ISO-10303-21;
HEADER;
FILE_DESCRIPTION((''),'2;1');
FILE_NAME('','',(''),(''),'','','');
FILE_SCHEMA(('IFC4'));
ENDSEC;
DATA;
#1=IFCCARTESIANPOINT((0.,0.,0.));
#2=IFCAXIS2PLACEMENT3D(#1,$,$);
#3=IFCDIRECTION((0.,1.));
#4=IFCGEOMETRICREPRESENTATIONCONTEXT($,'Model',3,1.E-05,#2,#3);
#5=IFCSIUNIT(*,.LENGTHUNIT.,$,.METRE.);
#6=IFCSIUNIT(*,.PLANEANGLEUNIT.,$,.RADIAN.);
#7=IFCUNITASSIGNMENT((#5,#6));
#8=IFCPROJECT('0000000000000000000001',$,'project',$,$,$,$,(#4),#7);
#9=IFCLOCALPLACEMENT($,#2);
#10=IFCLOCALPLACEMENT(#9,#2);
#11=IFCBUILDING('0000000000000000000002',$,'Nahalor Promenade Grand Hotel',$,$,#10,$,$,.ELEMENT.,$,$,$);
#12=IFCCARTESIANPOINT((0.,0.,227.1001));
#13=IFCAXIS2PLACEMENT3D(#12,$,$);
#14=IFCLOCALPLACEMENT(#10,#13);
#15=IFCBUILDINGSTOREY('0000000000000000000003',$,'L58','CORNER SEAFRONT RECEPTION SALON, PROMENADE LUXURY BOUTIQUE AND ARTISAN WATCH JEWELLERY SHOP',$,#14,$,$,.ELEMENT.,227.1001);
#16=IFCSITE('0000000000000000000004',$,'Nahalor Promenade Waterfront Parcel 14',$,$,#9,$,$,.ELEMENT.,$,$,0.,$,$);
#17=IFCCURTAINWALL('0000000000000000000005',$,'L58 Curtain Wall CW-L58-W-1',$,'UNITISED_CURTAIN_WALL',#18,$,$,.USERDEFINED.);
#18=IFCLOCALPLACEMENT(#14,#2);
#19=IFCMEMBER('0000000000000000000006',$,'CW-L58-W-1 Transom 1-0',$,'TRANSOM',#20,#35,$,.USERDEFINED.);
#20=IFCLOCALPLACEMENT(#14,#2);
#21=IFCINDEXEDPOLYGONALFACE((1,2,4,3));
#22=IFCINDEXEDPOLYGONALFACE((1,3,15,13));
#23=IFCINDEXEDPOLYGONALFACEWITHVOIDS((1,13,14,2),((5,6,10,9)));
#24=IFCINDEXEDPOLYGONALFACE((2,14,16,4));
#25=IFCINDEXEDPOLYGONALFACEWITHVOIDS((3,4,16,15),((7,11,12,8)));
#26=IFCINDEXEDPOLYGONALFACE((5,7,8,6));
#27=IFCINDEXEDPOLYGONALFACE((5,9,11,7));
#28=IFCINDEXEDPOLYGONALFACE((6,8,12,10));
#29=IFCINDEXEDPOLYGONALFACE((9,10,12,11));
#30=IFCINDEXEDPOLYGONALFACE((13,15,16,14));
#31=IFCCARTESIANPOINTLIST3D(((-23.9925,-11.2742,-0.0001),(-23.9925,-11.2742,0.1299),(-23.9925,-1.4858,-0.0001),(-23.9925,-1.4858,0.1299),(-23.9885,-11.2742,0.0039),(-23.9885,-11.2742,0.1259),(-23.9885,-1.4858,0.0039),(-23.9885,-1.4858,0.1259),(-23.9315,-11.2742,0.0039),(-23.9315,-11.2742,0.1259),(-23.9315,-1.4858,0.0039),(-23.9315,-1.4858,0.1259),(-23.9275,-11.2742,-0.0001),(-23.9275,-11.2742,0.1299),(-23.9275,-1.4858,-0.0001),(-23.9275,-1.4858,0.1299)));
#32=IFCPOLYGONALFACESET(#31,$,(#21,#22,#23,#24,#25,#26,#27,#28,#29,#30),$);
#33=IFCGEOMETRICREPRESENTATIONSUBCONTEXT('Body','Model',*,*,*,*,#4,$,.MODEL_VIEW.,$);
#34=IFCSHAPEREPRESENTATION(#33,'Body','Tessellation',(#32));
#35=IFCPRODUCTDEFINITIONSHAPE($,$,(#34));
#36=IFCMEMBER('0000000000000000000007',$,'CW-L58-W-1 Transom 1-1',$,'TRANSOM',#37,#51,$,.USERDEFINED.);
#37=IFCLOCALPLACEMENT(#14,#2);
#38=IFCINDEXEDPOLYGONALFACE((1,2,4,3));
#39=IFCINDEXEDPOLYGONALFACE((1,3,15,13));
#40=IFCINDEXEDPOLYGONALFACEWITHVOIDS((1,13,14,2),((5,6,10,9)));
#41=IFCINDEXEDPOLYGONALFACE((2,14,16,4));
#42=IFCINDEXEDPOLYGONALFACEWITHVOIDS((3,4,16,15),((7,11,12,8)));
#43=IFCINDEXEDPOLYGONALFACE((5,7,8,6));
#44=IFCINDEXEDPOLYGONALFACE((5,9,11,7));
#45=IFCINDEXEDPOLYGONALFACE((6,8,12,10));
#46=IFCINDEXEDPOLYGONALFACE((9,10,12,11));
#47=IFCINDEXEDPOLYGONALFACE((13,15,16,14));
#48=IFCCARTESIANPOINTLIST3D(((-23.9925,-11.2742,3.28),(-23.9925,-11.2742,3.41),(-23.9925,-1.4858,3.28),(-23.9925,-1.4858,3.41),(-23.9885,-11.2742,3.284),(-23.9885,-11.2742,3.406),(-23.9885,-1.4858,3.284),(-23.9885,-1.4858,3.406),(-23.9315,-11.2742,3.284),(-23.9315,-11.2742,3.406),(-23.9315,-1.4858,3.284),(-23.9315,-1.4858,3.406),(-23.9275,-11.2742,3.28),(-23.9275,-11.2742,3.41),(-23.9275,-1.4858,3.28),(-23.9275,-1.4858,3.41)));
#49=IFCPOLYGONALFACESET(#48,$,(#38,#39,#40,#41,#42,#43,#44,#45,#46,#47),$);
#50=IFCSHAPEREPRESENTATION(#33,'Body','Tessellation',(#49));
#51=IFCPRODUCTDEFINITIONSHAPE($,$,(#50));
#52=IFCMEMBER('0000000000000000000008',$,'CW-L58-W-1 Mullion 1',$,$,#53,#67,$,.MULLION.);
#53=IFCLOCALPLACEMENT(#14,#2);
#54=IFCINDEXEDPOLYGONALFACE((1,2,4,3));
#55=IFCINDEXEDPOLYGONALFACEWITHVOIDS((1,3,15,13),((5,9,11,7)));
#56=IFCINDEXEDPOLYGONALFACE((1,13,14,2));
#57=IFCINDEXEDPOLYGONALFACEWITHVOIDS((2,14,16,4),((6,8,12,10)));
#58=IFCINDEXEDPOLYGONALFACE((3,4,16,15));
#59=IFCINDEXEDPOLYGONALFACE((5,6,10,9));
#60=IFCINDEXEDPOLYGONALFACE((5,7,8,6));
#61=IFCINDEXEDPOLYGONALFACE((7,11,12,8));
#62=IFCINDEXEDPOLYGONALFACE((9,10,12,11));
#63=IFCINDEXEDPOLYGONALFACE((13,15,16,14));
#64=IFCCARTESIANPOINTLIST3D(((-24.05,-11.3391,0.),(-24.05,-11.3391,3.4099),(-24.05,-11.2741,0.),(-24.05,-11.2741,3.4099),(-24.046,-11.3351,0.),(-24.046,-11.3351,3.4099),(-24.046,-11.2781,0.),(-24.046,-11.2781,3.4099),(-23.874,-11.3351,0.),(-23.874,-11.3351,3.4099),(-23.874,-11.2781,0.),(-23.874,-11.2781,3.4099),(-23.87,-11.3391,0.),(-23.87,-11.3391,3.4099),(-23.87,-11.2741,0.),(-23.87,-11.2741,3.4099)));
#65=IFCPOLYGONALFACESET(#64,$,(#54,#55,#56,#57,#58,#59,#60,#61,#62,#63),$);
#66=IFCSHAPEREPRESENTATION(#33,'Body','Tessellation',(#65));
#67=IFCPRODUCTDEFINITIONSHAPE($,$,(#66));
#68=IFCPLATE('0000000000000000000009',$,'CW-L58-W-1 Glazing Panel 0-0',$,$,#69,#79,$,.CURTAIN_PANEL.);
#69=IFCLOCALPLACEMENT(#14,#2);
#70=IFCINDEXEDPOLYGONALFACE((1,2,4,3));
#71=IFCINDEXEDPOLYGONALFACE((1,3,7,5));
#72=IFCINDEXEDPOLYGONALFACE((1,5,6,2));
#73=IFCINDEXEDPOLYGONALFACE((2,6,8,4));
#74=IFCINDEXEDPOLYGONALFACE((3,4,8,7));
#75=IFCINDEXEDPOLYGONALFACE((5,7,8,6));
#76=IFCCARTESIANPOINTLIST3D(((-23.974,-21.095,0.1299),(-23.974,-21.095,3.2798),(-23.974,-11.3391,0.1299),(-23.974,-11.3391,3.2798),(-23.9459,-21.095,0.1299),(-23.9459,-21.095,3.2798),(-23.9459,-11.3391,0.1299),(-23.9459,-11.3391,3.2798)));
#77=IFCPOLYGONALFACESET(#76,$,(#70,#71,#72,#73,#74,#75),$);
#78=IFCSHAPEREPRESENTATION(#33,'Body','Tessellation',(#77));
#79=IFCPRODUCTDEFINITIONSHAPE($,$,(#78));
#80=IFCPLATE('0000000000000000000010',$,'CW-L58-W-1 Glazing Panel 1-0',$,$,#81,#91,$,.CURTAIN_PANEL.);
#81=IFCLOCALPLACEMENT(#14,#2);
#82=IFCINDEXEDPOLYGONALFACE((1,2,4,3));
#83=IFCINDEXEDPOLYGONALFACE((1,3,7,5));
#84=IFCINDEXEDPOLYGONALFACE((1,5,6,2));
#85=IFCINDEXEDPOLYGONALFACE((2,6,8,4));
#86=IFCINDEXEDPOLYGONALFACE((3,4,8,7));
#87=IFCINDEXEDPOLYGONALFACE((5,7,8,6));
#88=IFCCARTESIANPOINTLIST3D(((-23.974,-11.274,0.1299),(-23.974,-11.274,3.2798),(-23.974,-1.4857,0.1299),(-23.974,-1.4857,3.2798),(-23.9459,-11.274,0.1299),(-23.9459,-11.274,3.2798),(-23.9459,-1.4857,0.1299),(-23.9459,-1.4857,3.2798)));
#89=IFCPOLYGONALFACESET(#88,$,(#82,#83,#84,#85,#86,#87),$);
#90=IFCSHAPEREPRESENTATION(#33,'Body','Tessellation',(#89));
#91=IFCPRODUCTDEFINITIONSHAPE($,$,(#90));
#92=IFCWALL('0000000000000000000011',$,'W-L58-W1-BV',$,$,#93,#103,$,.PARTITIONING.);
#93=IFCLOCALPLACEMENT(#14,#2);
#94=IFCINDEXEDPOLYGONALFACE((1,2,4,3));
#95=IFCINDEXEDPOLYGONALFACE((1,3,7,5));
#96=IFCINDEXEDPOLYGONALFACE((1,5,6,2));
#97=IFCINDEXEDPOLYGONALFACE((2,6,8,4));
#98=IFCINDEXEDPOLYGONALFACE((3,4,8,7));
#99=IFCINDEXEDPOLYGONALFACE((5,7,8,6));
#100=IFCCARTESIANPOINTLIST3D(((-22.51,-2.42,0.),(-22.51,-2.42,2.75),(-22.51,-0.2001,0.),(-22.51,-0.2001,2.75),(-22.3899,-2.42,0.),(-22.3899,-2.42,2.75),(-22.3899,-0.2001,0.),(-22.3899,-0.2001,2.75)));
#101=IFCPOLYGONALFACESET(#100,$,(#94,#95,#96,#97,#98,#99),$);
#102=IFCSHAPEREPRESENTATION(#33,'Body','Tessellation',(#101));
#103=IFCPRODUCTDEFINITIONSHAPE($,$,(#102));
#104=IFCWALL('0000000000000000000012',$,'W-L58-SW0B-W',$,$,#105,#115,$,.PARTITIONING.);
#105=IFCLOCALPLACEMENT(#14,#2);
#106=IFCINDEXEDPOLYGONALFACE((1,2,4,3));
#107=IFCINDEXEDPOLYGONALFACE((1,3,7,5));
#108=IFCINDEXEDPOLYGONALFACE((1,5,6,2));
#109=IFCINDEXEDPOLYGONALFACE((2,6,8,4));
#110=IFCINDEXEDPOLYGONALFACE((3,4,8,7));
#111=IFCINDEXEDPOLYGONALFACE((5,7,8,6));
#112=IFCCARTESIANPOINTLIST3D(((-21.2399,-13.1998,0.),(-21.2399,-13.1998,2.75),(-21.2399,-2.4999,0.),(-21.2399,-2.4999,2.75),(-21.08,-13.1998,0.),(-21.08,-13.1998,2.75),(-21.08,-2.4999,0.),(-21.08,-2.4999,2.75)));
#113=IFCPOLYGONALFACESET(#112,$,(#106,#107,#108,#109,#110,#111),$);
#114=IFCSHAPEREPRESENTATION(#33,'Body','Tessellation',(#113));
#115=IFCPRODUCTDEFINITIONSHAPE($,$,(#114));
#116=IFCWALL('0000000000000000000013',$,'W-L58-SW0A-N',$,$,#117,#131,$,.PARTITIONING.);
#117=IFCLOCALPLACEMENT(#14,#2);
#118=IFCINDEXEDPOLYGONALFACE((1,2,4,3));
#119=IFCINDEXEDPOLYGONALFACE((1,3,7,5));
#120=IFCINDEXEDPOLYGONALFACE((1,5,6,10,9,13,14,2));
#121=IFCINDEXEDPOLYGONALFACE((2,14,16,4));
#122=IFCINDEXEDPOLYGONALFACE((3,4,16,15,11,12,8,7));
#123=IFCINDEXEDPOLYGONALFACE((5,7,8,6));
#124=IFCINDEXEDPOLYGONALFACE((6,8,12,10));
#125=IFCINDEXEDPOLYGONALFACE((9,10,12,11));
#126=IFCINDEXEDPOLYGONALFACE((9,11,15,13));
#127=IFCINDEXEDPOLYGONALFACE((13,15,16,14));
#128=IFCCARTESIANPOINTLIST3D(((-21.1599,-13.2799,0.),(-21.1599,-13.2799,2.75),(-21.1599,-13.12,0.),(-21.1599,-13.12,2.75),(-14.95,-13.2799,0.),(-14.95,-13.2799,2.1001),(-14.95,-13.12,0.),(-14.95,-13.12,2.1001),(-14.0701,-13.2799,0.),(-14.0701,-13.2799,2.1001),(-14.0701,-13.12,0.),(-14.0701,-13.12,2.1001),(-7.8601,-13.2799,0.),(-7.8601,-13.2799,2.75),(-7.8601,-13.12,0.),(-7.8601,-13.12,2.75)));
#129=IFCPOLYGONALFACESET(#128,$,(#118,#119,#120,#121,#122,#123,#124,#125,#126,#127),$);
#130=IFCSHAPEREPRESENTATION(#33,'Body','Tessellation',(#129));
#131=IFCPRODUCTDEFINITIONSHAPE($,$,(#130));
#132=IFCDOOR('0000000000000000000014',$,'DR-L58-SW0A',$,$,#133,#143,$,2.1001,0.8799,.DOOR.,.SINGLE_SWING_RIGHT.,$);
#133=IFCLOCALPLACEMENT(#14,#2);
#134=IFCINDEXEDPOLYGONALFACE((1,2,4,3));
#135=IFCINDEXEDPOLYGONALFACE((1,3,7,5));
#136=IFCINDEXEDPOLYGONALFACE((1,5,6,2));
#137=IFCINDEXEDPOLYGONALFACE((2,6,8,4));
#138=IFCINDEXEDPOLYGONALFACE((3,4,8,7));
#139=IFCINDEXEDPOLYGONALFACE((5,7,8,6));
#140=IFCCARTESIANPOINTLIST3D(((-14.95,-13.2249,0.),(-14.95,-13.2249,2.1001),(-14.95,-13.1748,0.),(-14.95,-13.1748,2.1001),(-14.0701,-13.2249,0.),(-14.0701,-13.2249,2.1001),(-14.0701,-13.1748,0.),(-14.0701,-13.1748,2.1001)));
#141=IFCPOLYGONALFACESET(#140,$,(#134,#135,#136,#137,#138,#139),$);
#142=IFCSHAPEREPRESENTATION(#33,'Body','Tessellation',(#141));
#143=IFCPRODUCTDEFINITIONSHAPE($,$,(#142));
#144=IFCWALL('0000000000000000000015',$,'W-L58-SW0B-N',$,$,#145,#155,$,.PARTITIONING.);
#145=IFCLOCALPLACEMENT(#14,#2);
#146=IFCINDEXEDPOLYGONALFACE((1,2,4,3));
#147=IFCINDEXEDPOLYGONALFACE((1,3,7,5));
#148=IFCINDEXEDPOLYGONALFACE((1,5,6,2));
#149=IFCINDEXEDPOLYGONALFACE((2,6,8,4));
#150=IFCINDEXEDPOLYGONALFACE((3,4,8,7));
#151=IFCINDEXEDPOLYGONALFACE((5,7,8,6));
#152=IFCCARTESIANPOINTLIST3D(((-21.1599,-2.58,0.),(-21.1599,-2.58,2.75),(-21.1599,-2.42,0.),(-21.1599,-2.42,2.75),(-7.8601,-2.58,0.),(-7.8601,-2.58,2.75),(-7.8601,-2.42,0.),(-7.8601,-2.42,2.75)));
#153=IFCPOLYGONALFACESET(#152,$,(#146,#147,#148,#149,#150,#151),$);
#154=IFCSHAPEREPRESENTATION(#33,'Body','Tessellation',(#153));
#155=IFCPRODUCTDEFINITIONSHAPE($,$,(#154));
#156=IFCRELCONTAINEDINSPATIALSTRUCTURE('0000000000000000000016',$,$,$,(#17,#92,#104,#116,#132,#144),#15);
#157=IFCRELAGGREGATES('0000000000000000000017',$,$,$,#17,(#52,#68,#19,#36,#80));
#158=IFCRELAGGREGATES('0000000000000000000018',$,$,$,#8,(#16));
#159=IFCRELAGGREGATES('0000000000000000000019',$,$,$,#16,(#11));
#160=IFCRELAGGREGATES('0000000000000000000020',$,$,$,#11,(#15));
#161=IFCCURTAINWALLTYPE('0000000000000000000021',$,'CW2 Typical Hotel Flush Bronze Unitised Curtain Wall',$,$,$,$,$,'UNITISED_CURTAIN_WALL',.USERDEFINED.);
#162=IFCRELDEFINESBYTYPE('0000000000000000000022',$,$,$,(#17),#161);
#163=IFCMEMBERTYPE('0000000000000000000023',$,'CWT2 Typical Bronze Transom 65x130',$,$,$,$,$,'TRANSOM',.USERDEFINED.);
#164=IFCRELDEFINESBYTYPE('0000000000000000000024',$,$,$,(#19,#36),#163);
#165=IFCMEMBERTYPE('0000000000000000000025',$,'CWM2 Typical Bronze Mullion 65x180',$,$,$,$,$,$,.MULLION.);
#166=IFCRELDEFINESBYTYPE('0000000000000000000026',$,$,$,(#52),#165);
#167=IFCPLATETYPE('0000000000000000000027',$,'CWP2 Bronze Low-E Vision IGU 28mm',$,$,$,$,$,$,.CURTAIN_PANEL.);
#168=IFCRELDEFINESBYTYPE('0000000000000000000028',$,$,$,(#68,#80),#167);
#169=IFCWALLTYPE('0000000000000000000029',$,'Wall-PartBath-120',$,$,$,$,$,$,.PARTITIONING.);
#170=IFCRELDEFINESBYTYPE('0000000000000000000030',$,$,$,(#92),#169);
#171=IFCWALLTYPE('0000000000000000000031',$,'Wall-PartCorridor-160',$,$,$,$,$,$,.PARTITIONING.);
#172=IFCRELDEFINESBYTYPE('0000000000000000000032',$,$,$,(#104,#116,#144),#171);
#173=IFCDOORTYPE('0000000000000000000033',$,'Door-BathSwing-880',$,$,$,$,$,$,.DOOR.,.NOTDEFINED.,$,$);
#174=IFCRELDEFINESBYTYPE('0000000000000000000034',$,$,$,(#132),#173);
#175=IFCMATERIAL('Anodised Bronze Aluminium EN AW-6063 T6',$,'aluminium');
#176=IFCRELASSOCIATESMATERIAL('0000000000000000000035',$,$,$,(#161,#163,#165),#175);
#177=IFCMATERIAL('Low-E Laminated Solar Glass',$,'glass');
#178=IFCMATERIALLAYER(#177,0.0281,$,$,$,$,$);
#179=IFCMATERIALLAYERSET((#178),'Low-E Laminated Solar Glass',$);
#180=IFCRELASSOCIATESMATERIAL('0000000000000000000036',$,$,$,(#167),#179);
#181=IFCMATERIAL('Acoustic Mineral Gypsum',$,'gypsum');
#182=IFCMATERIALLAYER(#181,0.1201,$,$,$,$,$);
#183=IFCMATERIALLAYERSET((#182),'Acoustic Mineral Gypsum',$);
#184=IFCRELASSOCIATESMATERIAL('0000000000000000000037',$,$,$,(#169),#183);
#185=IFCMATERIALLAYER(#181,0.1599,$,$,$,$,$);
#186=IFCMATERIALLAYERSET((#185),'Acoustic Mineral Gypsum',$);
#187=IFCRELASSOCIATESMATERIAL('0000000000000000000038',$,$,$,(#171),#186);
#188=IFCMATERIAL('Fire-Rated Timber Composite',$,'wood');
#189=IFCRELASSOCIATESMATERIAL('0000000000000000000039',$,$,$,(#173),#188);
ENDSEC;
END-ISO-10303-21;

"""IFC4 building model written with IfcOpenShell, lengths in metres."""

from ifc_helpers import new_model, si_unit, direction, frame, frame_2d, origin, origin_2d, place, context, subcontext, project, spatial, rectangle, hollow_rectangle, extrude, source, transform, mapped, material, layer, layer_set, material_profile, profile_set, type_object, element, fill, aggregate, save


model = new_model("IFC4")

# Units and contexts
model_context = context("Model", 3, precision=1e-05, world=origin(), true_north=direction((0.0, 1.0)))
body_context = subcontext(model_context, "Body", "Model", "MODEL_VIEW")
ifc_project = project(units=[si_unit("LENGTHUNIT", "METRE"), si_unit("PLANEANGLEUNIT", "RADIAN")], contexts=[model_context])

# Site, building, storey
site_placement = place(None, origin())
site = spatial("IfcSite", under=ifc_project, at=site_placement, Name="Nahalor Promenade Waterfront Parcel 14", CompositionType="ELEMENT", RefElevation=0.0)
building_placement = place(site_placement, origin())
building = spatial("IfcBuilding", under=site, at=building_placement, Name="Nahalor Promenade Grand Hotel", CompositionType="ELEMENT")
storey_placement = place(building_placement, frame((0.0, 0.0, 227.1001)))
storey = spatial("IfcBuildingStorey", under=building, at=storey_placement, Name="L58", Description="CORNER SEAFRONT RECEPTION SALON, PROMENADE LUXURY BOUTIQUE AND ARTISAN WATCH JEWELLERY SHOP", CompositionType="ELEMENT", Elevation=227.1001)

# Curtain wall, members, plates
ifc_material_1 = material(Name="Anodised Bronze Aluminium EN AW-6063 T6", Category="aluminium")
curtain_wall_type = type_object("IfcCurtainWallType", Name="CW2 Typical Hotel Flush Bronze Unitised Curtain Wall", ElementType="UNITISED_CURTAIN_WALL", PredefinedType="USERDEFINED", material=ifc_material_1)
curtain_wall_placement = place(storey_placement, origin())
curtain_wall = element("IfcCurtainWall", 1, at=curtain_wall_placement, inside=storey, type_object=curtain_wall_type, Name="L58 Curtain Wall CW-L58-W-1", ObjectType="UNITISED_CURTAIN_WALL", PredefinedType="USERDEFINED")
ifc_material_profile_1 = material_profile(ifc_material_1, hollow_rectangle(XDim=0.065, YDim=0.13, WallThickness=0.004, at=origin_2d()), Name="CWT 65x130x4")
ifc_profile_set_1 = profile_set([ifc_material_profile_1], Name="Anodised Bronze Aluminium EN AW-6063 T6")
member_type_1 = type_object("IfcMemberType", Name="CWT2 Typical Bronze Transom 65x130", ElementType="TRANSOM", PredefinedType="USERDEFINED", material=ifc_profile_set_1)
shared_shape_1 = source(origin(), body_context, "Body", "SweptSolid", [
    extrude(hollow_rectangle(XDim=0.065, YDim=0.13, WallThickness=0.004, at=origin_2d()), origin(), (0.0, 0.0, 1.0), 9.7883),
])
member_1_placement = place(storey_placement, frame((-23.96, -11.2742, 0.0649), z_axis=(0.0, 1.0, 0.0), x_axis=(-1.0, 0.0, 0.0)))
member_1 = element("IfcMember", 2, at=member_1_placement, type_object=member_type_1, Name="CW-L58-W-1 Transom 1-0", ObjectType="TRANSOM", PredefinedType="USERDEFINED", context=body_context, shape_type="MappedRepresentation", body=[
    mapped(shared_shape_1, transform((0.0, 0.0, 0.0), scale=1.0)),
])
member_2_placement = place(storey_placement, frame((-23.96, -11.2742, 3.345), z_axis=(0.0, 1.0, 0.0), x_axis=(-1.0, 0.0, 0.0)))
member_2 = element("IfcMember", 3, at=member_2_placement, type_object=member_type_1, Name="CW-L58-W-1 Transom 1-1", ObjectType="TRANSOM", PredefinedType="USERDEFINED", context=body_context, shape_type="MappedRepresentation", body=[
    mapped(shared_shape_1, transform((0.0, 0.0, 0.0), scale=1.0)),
])
ifc_material_profile_2 = material_profile(ifc_material_1, hollow_rectangle(XDim=0.065, YDim=0.18, WallThickness=0.004, at=origin_2d()), Name="CWM 65x180x4")
ifc_profile_set_2 = profile_set([ifc_material_profile_2], Name="Anodised Bronze Aluminium EN AW-6063 T6")
member_type_2 = type_object("IfcMemberType", Name="CWM2 Typical Bronze Mullion 65x180", PredefinedType="MULLION", material=ifc_profile_set_2)
shared_shape_2 = source(origin(), body_context, "Body", "SweptSolid", [
    extrude(hollow_rectangle(XDim=0.065, YDim=0.18, WallThickness=0.004, at=origin_2d()), origin(), (0.0, 0.0, 1.0), 3.4099),
])
member_3_placement = place(storey_placement, frame((-23.96, -11.3066, 0.0), z_axis=(0.0, 0.0, 1.0), x_axis=(0.0, 1.0, 0.0)))
member_3 = element("IfcMember", 4, at=member_3_placement, type_object=member_type_2, Name="CW-L58-W-1 Mullion 1", PredefinedType="MULLION", context=body_context, shape_type="MappedRepresentation", body=[
    mapped(shared_shape_2, transform((0.0, 0.0, 0.0), scale=1.0)),
])
ifc_material_2 = material(Name="Low-E Laminated Solar Glass", Category="glass")
ifc_layer_1 = layer(ifc_material_2, 0.0281)
ifc_layer_set_1 = layer_set([ifc_layer_1], Name="Low-E Laminated Solar Glass")
plate_type = type_object("IfcPlateType", Name="CWP2 Bronze Low-E Vision IGU 28mm", PredefinedType="CURTAIN_PANEL", material=ifc_layer_set_1)
shared_shape_3 = source(origin(), body_context, "Body", "SweptSolid", [
    extrude(rectangle(XDim=9.7559, YDim=0.0281, at=origin_2d()), origin(), (0.0, 0.0, 1.0), 3.1499),
])
plate_1_placement = place(storey_placement, frame((-23.96, -16.217, 0.1299), z_axis=(0.0, 0.0, 1.0), x_axis=(0.0, 1.0, 0.0)))
plate_1 = element("IfcPlate", 5, at=plate_1_placement, type_object=plate_type, Name="CW-L58-W-1 Glazing Panel 0-0", PredefinedType="CURTAIN_PANEL", context=body_context, shape_type="MappedRepresentation", body=[
    mapped(shared_shape_3, transform((0.0, 0.0, 0.0), scale=1.0)),
])
shared_shape_4 = source(origin(), body_context, "Body", "SweptSolid", [
    extrude(rectangle(XDim=9.7883, YDim=0.0281, at=origin_2d()), origin(), (0.0, 0.0, 1.0), 3.1499),
])
plate_2_placement = place(storey_placement, frame((-23.96, -6.3799, 0.1299), z_axis=(0.0, 0.0, 1.0), x_axis=(0.0, 1.0, 0.0)))
plate_2 = element("IfcPlate", 6, at=plate_2_placement, type_object=plate_type, Name="CW-L58-W-1 Glazing Panel 1-0", PredefinedType="CURTAIN_PANEL", context=body_context, shape_type="MappedRepresentation", body=[
    mapped(shared_shape_4, transform((0.0, 0.0, 0.0), scale=1.0)),
])
aggregate(curtain_wall, [member_3, plate_1, member_1, member_2, plate_2])

# Walls
ifc_material_3 = material(Name="Acoustic Mineral Gypsum", Category="gypsum")
ifc_layer_2 = layer(ifc_material_3, 0.1201)
ifc_layer_set_2 = layer_set([ifc_layer_2], Name="Acoustic Mineral Gypsum")
wall_type_1 = type_object("IfcWallType", Name="Wall-PartBath-120", PredefinedType="PARTITIONING", material=ifc_layer_set_2)
shared_shape_5 = source(origin(), body_context, "Body", "SweptSolid", [
    extrude(rectangle(XDim=2.22, YDim=0.1201, at=frame_2d((1.1099, 0.0))), origin(), (0.0, 0.0, 1.0), 2.75),
])
wall_1_placement = place(storey_placement, frame((-22.45, -2.4199, 0.0), z_axis=(0.0, 0.0, 1.0), x_axis=(0.0, 1.0, 0.0)))
element("IfcWall", 7, at=wall_1_placement, inside=storey, type_object=wall_type_1, Name="W-L58-W1-BV", PredefinedType="PARTITIONING", context=body_context, shape_type="MappedRepresentation", body=[
    mapped(shared_shape_5, transform((0.0, 0.0, 0.0), scale=1.0)),
])
ifc_layer_3 = layer(ifc_material_3, 0.1599)
ifc_layer_set_3 = layer_set([ifc_layer_3], Name="Acoustic Mineral Gypsum")
wall_type_2 = type_object("IfcWallType", Name="Wall-PartCorridor-160", PredefinedType="PARTITIONING", material=ifc_layer_set_3)
shared_shape_6 = source(origin(), body_context, "Body", "SweptSolid", [
    extrude(rectangle(XDim=10.7, YDim=0.1599, at=frame_2d((5.3501, 0.0))), origin(), (0.0, 0.0, 1.0), 2.75),
])
wall_2_placement = place(storey_placement, frame((-21.1599, -13.2, 0.0), z_axis=(0.0, 0.0, 1.0), x_axis=(0.0, 1.0, 0.0)))
element("IfcWall", 8, at=wall_2_placement, inside=storey, type_object=wall_type_2, Name="W-L58-SW0B-W", PredefinedType="PARTITIONING", context=body_context, shape_type="MappedRepresentation", body=[
    mapped(shared_shape_6, transform((0.0, 0.0, 0.0), scale=1.0)),
])

# Wall, opening, door
shared_shape_7 = source(origin(), body_context, "Body", "SweptSolid", [
    extrude(rectangle(XDim=13.2998, YDim=0.1599, at=frame_2d((6.6499, 0.0))), origin(), (0.0, 0.0, 1.0), 2.75),
])
wall_3_placement = place(storey_placement, frame((-21.1599, -13.2, 0.0), z_axis=(0.0, 0.0, 1.0), x_axis=(1.0, 0.0, 0.0)))
wall_3 = element("IfcWall", 9, at=wall_3_placement, inside=storey, type_object=wall_type_2, Name="W-L58-SW0A-N", PredefinedType="PARTITIONING", context=body_context, shape_type="MappedRepresentation", body=[
    mapped(shared_shape_7, transform((0.0, 0.0, 0.0), scale=1.0)),
])
opening_placement = place(wall_3_placement, frame((6.21, 0.0, 0.0)))
opening = element("IfcOpeningElement", 10, at=opening_placement, cuts=wall_3, PredefinedType="OPENING", context=body_context, shape_type="SweptSolid", body=[
    extrude(rectangle(XDim=0.8799, YDim=2.1001, at=frame_2d((0.4399, 1.05))), frame((0.0, 0.0898, 0.0), z_axis=(0.0, -1.0, 0.0), x_axis=(1.0, 0.0, 0.0)), (0.0, 0.0, 1.0), 0.1799),
])
ifc_material_4 = material(Name="Fire-Rated Timber Composite", Category="wood")
door_type = type_object("IfcDoorType", Name="Door-BathSwing-880", OperationType="NOTDEFINED", PredefinedType="DOOR", material=ifc_material_4)
shared_shape_8 = source(origin(), body_context, "Body", "SweptSolid", [
    extrude(rectangle(XDim=0.8799, YDim=2.1001, at=frame_2d((0.4399, 1.05))), frame((0.0, 0.0249, 0.0), z_axis=(0.0, -1.0, 0.0), x_axis=(1.0, 0.0, 0.0)), (0.0, 0.0, 1.0), 0.05),
])
door_placement = place(opening_placement, frame((0.8799, 0.0, 0.0), z_axis=(0.0, 0.0, 1.0), x_axis=(-1.0, 0.0, 0.0)))
door = element("IfcDoor", 11, at=door_placement, inside=storey, type_object=door_type, Name="DR-L58-SW0A", OperationType="SINGLE_SWING_RIGHT", OverallHeight=2.1001, OverallWidth=0.8799, PredefinedType="DOOR", context=body_context, shape_type="MappedRepresentation", body=[
    mapped(shared_shape_8, transform((0.0, 0.0, 0.0), scale=1.0)),
])
fill(opening, door)

# Wall
wall_4_placement = place(storey_placement, frame((-21.1599, -2.5, 0.0), z_axis=(0.0, 0.0, 1.0), x_axis=(1.0, 0.0, 0.0)))
element("IfcWall", 12, at=wall_4_placement, inside=storey, type_object=wall_type_2, Name="W-L58-SW0B-N", PredefinedType="PARTITIONING", context=body_context, shape_type="MappedRepresentation", body=[
    mapped(shared_shape_7, transform((0.0, 0.0, 0.0), scale=1.0)),
])

save(model, "model.ifc")
